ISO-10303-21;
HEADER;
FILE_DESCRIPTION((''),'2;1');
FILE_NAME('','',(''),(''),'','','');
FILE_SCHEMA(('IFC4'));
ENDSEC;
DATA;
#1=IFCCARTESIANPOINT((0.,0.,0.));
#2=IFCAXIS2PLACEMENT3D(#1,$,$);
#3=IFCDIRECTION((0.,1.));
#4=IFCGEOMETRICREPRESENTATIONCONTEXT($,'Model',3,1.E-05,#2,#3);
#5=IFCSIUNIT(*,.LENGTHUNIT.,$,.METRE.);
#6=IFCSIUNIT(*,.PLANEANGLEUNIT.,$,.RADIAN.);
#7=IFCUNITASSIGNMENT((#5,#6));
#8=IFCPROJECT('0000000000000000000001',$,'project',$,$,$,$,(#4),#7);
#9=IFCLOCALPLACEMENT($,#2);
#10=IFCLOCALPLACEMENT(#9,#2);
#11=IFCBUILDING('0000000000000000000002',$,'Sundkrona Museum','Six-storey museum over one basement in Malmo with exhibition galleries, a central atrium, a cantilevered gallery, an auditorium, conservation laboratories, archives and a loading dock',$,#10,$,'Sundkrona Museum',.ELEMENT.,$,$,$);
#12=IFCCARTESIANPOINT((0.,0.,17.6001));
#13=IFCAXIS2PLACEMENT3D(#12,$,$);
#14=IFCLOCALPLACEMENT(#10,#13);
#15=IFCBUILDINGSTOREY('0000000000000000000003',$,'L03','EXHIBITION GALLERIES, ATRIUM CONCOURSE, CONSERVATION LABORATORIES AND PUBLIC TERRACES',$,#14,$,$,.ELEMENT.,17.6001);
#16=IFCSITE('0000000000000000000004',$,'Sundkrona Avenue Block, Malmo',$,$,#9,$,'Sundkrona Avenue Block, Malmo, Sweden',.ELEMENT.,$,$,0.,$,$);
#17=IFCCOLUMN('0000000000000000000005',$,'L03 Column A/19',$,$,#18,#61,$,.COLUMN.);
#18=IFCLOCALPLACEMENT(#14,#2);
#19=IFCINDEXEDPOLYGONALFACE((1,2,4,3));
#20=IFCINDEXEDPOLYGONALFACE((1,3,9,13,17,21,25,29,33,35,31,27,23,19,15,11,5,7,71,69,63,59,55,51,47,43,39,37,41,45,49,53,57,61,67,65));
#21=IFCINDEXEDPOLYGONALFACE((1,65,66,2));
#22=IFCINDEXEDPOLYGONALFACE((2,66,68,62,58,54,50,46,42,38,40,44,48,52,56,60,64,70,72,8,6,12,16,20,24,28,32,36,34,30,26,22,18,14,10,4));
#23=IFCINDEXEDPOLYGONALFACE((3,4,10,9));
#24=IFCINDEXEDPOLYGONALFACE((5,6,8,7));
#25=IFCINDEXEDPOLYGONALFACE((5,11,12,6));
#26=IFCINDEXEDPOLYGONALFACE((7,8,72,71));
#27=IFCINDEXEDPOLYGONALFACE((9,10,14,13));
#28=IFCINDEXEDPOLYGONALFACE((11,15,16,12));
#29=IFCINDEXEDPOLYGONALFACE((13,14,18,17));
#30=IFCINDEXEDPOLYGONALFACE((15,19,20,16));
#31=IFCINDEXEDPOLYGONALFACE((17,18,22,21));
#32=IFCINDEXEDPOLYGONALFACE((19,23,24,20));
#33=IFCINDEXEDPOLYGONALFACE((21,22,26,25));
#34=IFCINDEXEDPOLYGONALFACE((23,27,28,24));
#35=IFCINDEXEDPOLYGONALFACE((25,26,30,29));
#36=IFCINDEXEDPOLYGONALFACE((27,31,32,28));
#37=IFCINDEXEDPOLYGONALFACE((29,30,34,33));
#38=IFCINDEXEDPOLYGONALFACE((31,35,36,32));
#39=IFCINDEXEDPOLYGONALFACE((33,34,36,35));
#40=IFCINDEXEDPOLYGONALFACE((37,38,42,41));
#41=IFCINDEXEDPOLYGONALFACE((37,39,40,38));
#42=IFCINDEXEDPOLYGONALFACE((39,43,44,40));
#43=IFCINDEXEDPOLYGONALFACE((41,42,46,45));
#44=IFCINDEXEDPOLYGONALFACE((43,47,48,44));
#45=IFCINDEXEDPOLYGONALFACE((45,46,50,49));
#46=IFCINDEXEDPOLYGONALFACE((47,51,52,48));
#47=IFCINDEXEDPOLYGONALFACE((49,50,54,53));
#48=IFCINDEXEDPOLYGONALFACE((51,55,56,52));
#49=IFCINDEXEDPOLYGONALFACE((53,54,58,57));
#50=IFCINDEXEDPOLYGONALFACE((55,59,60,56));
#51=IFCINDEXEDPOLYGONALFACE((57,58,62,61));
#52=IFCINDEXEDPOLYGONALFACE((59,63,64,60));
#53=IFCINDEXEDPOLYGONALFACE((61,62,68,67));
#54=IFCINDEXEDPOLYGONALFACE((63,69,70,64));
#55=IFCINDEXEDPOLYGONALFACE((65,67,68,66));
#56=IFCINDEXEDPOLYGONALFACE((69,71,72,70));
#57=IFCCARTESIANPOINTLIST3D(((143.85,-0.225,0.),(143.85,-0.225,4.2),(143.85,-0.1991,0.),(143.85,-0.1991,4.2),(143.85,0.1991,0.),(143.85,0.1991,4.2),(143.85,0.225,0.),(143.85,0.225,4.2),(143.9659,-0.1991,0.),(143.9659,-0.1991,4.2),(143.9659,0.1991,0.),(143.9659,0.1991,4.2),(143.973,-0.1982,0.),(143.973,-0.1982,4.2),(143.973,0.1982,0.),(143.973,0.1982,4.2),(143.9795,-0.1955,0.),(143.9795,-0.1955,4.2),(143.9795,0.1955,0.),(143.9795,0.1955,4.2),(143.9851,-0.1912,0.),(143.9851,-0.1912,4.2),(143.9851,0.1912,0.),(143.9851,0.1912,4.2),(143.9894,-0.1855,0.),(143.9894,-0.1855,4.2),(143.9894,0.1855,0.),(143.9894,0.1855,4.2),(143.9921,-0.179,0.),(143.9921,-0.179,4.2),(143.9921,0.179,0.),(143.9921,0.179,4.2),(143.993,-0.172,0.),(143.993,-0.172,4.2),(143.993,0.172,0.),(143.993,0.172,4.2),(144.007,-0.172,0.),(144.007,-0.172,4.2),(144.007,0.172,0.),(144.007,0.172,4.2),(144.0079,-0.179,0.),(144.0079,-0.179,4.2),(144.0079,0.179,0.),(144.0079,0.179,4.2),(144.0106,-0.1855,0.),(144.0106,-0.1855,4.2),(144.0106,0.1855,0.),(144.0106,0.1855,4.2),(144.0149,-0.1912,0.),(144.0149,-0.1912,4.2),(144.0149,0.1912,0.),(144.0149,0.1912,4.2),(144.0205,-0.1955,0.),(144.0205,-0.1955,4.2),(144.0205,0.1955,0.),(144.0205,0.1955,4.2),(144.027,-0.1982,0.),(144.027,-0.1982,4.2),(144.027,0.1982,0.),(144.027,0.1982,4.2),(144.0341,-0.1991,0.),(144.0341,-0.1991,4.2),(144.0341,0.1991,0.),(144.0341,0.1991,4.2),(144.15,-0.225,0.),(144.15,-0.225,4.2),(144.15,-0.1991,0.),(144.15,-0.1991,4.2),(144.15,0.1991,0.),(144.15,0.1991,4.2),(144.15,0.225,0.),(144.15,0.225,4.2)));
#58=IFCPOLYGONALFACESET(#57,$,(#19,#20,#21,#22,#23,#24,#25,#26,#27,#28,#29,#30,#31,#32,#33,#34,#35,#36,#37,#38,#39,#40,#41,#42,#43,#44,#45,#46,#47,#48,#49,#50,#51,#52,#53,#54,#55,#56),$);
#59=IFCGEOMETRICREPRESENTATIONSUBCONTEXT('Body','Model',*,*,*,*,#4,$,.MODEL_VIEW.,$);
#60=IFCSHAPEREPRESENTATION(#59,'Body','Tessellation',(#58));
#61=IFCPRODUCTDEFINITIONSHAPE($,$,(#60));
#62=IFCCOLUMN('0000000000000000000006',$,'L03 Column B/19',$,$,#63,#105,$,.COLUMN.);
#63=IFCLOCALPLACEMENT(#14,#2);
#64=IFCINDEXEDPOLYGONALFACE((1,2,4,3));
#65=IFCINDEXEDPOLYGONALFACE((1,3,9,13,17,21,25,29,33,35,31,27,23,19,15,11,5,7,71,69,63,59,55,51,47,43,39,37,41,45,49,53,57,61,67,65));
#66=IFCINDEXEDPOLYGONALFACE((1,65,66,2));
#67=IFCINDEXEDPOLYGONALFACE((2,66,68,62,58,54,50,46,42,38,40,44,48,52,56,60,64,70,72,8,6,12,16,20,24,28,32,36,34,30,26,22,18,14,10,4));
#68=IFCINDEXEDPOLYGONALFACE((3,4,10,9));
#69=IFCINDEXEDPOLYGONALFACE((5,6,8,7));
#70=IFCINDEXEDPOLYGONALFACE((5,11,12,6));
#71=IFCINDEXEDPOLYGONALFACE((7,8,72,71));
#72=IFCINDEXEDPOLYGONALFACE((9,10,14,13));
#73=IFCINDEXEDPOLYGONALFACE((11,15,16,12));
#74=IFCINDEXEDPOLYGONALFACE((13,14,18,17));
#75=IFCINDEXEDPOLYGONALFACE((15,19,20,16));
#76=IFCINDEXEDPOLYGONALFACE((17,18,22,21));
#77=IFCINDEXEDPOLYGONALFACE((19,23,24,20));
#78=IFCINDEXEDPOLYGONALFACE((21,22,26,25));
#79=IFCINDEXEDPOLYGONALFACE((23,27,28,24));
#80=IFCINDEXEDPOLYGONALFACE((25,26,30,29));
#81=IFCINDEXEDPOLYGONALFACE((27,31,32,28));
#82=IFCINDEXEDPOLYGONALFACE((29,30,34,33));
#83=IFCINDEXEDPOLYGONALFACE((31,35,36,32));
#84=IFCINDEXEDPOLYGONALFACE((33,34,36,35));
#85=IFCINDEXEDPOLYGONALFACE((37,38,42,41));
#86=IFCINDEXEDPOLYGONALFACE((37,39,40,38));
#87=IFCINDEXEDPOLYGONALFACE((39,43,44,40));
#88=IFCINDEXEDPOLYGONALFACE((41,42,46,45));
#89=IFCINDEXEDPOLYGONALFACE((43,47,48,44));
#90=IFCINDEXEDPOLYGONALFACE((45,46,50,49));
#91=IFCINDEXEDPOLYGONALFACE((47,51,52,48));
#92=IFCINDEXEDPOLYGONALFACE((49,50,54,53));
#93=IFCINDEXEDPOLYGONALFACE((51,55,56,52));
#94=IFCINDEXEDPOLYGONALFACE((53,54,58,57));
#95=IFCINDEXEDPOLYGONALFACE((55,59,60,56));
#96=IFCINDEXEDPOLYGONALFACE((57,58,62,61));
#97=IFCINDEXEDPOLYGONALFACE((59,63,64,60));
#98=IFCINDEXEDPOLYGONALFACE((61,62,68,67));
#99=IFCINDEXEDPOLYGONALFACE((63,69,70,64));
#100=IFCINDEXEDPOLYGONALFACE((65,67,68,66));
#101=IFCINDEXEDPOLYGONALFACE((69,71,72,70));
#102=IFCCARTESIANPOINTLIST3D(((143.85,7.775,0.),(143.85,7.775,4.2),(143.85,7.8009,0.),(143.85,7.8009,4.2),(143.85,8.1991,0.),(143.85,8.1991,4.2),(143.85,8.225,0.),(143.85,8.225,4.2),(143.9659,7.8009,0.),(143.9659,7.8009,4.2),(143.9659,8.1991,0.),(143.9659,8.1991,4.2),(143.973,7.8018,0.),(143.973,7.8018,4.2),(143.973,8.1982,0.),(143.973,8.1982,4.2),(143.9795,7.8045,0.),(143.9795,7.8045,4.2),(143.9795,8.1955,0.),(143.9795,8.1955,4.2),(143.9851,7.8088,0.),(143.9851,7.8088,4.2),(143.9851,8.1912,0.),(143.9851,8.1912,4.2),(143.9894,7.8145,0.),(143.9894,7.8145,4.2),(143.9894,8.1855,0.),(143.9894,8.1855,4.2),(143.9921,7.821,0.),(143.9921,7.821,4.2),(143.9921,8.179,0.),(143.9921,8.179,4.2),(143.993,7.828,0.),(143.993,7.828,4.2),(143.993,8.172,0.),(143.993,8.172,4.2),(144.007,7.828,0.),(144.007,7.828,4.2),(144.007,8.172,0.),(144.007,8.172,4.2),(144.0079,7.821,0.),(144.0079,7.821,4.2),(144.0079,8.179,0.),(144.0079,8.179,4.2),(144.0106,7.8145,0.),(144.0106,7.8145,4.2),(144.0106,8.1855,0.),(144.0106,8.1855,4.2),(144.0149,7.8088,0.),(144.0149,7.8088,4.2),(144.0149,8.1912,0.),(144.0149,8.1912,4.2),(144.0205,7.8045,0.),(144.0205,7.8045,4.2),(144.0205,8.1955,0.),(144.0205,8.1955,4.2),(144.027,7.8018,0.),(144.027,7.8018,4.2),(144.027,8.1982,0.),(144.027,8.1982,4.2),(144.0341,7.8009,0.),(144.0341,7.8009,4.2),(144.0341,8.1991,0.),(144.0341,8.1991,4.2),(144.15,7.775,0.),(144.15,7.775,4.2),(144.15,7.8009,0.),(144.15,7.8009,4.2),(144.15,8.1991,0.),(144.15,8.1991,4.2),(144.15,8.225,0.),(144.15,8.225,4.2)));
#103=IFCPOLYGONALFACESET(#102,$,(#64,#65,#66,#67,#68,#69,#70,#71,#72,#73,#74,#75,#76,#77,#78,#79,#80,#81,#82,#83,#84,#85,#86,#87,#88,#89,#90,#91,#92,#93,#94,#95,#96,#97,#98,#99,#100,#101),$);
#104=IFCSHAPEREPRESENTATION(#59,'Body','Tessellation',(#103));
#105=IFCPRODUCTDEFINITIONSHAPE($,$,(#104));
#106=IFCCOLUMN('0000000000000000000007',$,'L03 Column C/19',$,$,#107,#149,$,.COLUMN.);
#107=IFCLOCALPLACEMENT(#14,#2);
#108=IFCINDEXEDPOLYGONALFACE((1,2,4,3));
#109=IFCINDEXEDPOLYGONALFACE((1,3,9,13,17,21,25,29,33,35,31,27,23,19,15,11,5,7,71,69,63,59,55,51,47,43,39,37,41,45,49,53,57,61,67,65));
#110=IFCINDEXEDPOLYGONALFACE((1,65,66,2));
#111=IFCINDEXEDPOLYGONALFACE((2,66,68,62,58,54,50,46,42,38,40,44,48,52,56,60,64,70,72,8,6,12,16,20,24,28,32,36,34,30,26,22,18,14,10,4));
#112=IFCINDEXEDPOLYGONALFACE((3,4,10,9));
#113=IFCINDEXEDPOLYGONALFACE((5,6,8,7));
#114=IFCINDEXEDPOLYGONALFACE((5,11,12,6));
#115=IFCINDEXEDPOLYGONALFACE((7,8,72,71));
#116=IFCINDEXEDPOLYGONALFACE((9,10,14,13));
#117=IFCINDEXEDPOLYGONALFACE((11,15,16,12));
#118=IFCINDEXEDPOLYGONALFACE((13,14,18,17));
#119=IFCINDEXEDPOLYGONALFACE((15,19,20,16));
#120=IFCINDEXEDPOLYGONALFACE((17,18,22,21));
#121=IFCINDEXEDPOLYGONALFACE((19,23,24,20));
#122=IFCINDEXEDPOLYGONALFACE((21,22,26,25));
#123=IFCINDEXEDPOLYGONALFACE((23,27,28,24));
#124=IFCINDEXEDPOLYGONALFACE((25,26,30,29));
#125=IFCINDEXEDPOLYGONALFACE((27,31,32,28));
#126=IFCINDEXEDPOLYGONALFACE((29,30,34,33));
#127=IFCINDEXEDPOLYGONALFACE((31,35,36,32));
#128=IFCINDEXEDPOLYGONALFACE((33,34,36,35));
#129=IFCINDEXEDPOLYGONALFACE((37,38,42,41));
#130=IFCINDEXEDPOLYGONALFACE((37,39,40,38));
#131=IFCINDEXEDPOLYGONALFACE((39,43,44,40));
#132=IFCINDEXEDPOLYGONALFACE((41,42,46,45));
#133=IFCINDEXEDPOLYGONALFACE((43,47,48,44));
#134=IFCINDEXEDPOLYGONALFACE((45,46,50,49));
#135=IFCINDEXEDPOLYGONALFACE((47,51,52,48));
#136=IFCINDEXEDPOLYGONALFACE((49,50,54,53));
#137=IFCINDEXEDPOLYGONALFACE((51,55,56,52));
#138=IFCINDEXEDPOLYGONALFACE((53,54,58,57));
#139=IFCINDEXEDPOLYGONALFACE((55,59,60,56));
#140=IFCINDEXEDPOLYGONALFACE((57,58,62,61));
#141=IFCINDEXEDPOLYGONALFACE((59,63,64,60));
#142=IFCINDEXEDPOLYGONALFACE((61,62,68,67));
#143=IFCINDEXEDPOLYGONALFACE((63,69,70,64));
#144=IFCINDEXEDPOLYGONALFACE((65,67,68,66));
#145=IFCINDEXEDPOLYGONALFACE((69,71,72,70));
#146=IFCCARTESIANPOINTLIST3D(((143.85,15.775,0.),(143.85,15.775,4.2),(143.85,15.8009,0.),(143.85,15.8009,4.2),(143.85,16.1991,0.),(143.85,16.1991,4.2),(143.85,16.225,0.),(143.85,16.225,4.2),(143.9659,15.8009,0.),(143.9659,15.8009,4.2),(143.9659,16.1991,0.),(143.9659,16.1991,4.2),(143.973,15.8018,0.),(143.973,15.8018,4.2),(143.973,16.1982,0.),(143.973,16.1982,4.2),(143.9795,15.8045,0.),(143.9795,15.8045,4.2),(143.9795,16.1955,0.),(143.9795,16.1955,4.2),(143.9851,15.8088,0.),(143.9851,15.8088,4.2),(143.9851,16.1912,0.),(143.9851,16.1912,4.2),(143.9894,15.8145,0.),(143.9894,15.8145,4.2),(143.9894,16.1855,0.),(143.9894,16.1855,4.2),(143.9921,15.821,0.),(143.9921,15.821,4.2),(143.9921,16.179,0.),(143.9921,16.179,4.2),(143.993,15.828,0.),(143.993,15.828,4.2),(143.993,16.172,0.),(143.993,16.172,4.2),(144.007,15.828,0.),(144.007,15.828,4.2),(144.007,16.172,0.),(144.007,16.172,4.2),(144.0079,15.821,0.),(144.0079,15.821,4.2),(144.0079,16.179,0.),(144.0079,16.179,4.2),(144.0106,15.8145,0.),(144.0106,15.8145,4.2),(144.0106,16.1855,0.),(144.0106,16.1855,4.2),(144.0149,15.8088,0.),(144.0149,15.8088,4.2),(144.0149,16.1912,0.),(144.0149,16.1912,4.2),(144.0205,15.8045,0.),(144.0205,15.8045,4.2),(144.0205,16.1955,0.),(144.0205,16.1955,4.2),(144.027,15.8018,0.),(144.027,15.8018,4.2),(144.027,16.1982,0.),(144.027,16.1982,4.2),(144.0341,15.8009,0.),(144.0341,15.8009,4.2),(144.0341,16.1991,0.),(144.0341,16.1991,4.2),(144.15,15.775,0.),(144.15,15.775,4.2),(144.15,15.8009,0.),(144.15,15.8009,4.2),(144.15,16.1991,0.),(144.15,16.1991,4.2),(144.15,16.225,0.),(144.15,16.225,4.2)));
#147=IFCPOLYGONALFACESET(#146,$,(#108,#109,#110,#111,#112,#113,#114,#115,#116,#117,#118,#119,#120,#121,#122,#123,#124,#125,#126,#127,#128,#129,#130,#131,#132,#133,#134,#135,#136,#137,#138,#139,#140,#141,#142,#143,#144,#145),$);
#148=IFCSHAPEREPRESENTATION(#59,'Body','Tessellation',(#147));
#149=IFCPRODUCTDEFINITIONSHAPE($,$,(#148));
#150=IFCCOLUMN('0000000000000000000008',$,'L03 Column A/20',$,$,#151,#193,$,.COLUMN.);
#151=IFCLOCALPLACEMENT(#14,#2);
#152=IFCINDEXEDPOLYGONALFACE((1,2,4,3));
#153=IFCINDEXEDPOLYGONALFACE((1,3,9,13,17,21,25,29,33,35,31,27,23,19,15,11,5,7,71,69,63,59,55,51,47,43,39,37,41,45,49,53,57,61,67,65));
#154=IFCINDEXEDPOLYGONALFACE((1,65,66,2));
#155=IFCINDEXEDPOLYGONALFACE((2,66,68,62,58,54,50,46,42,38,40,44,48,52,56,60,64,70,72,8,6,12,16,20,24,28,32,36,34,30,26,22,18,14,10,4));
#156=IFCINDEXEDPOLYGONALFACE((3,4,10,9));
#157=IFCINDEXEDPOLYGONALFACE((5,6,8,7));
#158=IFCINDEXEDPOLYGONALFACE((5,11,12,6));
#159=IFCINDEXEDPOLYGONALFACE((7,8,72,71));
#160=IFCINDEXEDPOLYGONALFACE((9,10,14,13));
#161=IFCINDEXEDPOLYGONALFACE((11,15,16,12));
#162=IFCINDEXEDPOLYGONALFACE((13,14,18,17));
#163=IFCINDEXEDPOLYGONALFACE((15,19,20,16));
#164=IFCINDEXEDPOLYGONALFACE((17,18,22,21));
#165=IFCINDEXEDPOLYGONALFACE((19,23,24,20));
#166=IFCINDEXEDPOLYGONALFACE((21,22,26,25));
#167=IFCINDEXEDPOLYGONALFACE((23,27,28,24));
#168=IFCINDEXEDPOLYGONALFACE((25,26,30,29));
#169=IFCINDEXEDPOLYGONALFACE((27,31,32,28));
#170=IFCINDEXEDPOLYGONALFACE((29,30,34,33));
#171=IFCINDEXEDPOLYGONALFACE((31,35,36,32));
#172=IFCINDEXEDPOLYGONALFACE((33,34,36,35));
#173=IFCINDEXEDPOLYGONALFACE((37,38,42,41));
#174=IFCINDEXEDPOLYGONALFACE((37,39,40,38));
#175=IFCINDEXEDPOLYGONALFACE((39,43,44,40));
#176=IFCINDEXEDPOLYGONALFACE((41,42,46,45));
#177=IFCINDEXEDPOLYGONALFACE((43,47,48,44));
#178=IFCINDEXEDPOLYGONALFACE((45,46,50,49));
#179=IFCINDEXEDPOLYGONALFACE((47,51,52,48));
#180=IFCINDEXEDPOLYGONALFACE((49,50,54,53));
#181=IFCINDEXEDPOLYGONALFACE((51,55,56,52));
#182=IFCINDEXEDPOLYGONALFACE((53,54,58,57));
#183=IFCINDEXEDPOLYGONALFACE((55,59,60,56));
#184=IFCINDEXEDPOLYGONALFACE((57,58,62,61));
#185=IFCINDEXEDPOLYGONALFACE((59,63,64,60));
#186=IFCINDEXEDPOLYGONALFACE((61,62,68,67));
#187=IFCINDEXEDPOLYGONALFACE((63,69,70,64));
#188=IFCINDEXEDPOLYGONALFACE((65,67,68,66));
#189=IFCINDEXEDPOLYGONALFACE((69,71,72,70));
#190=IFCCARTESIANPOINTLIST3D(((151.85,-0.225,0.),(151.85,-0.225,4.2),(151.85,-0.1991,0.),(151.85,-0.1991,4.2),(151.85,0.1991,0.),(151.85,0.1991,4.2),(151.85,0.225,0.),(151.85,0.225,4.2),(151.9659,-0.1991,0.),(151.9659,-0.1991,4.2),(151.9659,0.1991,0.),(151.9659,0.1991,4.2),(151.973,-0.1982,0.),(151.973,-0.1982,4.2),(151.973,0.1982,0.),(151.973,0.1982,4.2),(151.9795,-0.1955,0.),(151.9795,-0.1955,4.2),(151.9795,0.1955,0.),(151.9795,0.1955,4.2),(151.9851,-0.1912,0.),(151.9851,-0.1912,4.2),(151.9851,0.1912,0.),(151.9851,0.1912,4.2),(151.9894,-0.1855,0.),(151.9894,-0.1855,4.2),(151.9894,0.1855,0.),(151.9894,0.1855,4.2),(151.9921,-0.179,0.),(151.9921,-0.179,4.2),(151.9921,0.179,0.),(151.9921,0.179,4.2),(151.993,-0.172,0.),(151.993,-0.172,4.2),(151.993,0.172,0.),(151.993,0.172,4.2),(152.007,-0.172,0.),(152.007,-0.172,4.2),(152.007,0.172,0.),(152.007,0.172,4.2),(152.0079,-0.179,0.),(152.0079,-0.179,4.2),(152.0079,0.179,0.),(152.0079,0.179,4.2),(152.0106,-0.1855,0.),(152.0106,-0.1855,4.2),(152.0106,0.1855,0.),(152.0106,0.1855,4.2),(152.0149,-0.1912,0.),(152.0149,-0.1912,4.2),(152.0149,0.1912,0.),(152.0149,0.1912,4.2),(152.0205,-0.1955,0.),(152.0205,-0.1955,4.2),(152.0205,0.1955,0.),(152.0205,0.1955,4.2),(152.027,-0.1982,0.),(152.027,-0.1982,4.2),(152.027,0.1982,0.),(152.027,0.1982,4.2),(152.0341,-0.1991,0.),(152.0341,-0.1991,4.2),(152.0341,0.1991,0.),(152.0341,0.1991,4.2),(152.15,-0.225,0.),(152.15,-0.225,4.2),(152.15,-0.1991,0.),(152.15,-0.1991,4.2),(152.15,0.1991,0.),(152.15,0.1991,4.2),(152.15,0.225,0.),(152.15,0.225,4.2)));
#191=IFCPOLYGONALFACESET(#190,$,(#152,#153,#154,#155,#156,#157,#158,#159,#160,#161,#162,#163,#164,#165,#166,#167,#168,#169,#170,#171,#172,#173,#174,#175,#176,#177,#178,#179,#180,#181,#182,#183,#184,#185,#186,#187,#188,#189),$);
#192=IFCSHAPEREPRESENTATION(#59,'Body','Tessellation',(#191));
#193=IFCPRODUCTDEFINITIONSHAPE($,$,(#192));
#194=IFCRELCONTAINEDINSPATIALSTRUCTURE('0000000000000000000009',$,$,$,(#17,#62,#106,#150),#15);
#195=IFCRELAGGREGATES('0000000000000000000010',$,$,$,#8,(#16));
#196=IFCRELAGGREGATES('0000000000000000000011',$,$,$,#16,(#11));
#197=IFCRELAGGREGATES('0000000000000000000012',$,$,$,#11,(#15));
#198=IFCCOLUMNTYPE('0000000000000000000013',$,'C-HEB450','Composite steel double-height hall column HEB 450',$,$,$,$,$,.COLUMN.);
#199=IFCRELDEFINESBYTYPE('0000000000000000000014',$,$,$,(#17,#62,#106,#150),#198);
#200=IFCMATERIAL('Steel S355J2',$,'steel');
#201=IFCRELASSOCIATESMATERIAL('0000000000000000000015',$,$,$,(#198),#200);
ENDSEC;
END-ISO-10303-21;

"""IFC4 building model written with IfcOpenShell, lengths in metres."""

from ifc_helpers import new_model, si_unit, direction, frame, origin, origin_2d, place, context, subcontext, project, spatial, i_section, extrude, material, material_profile, profile_set, type_object, element, save


model = new_model("IFC4")

# Units and contexts
model_context = context("Model", 3, precision=1e-05, world=origin(), true_north=direction((0.0, 1.0)))
body_context = subcontext(model_context, "Body", "Model", "MODEL_VIEW")
ifc_project = project(units=[si_unit("LENGTHUNIT", "METRE"), si_unit("PLANEANGLEUNIT", "RADIAN")], contexts=[model_context])

# Site, building, storey
site_placement = place(None, origin())
site = spatial("IfcSite", under=ifc_project, at=site_placement, Name="Sundkrona Avenue Block, Malmo", LongName="Sundkrona Avenue Block, Malmo, Sweden", CompositionType="ELEMENT", RefElevation=0.0)
building_placement = place(site_placement, origin())
building = spatial("IfcBuilding", under=site, at=building_placement, Name="Sundkrona Museum", Description="Six-storey museum over one basement in Malmo with exhibition galleries, a central atrium, a cantilevered gallery, an auditorium, conservation laboratories, archives and a loading dock", LongName="Sundkrona Museum", CompositionType="ELEMENT")
storey_placement = place(building_placement, frame((0.0, 0.0, 17.6001)))
storey = spatial("IfcBuildingStorey", under=building, at=storey_placement, Name="L03", Description="EXHIBITION GALLERIES, ATRIUM CONCOURSE, CONSERVATION LABORATORIES AND PUBLIC TERRACES", CompositionType="ELEMENT", Elevation=17.6001)

# Columns
ifc_material_1 = material(Name="Steel S355J2", Category="steel")
ifc_material_profile_1 = material_profile(ifc_material_1, i_section(OverallWidth=0.3, OverallDepth=0.45, WebThickness=0.0139, FlangeThickness=0.0259, FilletRadius=0.0271, at=origin_2d()), Name="HEB 450")
ifc_profile_set_1 = profile_set([ifc_material_profile_1], Name="Steel S355J2")
column_type = type_object("IfcColumnType", Name="C-HEB450", Description="Composite steel double-height hall column HEB 450", PredefinedType="COLUMN", material=ifc_profile_set_1)
for number, where, z_axis, x_axis, name in (
    (1, (144.0, 0.0, 0.0), (0.0, 0.0, 1.0), (1.0, 0.0, 0.0), "L03 Column A/19"),
    (2, (144.0, 8.0, 0.0), (0.0, 0.0, 1.0), (1.0, 0.0, 0.0), "L03 Column B/19"),
    (3, (144.0, 16.0, 0.0), (0.0, 0.0, 1.0), (1.0, 0.0, 0.0), "L03 Column C/19"),
    (4, (152.0, 0.0, 0.0), (0.0, 0.0, 1.0), (1.0, 0.0, 0.0), "L03 Column A/20"),
):
    element("IfcColumn", number, at=place(storey_placement, frame(where, z_axis=z_axis, x_axis=x_axis)), inside=storey, type_object=column_type, Name=name, PredefinedType="COLUMN", context=body_context, shape_type="SweptSolid", body=[
        extrude(i_section(OverallWidth=0.3, OverallDepth=0.45, WebThickness=0.0139, FlangeThickness=0.0259, FilletRadius=0.0271, at=origin_2d()), origin(), (0.0, 0.0, 1.0), 4.2),
    ])

save(model, "model.ifc")
